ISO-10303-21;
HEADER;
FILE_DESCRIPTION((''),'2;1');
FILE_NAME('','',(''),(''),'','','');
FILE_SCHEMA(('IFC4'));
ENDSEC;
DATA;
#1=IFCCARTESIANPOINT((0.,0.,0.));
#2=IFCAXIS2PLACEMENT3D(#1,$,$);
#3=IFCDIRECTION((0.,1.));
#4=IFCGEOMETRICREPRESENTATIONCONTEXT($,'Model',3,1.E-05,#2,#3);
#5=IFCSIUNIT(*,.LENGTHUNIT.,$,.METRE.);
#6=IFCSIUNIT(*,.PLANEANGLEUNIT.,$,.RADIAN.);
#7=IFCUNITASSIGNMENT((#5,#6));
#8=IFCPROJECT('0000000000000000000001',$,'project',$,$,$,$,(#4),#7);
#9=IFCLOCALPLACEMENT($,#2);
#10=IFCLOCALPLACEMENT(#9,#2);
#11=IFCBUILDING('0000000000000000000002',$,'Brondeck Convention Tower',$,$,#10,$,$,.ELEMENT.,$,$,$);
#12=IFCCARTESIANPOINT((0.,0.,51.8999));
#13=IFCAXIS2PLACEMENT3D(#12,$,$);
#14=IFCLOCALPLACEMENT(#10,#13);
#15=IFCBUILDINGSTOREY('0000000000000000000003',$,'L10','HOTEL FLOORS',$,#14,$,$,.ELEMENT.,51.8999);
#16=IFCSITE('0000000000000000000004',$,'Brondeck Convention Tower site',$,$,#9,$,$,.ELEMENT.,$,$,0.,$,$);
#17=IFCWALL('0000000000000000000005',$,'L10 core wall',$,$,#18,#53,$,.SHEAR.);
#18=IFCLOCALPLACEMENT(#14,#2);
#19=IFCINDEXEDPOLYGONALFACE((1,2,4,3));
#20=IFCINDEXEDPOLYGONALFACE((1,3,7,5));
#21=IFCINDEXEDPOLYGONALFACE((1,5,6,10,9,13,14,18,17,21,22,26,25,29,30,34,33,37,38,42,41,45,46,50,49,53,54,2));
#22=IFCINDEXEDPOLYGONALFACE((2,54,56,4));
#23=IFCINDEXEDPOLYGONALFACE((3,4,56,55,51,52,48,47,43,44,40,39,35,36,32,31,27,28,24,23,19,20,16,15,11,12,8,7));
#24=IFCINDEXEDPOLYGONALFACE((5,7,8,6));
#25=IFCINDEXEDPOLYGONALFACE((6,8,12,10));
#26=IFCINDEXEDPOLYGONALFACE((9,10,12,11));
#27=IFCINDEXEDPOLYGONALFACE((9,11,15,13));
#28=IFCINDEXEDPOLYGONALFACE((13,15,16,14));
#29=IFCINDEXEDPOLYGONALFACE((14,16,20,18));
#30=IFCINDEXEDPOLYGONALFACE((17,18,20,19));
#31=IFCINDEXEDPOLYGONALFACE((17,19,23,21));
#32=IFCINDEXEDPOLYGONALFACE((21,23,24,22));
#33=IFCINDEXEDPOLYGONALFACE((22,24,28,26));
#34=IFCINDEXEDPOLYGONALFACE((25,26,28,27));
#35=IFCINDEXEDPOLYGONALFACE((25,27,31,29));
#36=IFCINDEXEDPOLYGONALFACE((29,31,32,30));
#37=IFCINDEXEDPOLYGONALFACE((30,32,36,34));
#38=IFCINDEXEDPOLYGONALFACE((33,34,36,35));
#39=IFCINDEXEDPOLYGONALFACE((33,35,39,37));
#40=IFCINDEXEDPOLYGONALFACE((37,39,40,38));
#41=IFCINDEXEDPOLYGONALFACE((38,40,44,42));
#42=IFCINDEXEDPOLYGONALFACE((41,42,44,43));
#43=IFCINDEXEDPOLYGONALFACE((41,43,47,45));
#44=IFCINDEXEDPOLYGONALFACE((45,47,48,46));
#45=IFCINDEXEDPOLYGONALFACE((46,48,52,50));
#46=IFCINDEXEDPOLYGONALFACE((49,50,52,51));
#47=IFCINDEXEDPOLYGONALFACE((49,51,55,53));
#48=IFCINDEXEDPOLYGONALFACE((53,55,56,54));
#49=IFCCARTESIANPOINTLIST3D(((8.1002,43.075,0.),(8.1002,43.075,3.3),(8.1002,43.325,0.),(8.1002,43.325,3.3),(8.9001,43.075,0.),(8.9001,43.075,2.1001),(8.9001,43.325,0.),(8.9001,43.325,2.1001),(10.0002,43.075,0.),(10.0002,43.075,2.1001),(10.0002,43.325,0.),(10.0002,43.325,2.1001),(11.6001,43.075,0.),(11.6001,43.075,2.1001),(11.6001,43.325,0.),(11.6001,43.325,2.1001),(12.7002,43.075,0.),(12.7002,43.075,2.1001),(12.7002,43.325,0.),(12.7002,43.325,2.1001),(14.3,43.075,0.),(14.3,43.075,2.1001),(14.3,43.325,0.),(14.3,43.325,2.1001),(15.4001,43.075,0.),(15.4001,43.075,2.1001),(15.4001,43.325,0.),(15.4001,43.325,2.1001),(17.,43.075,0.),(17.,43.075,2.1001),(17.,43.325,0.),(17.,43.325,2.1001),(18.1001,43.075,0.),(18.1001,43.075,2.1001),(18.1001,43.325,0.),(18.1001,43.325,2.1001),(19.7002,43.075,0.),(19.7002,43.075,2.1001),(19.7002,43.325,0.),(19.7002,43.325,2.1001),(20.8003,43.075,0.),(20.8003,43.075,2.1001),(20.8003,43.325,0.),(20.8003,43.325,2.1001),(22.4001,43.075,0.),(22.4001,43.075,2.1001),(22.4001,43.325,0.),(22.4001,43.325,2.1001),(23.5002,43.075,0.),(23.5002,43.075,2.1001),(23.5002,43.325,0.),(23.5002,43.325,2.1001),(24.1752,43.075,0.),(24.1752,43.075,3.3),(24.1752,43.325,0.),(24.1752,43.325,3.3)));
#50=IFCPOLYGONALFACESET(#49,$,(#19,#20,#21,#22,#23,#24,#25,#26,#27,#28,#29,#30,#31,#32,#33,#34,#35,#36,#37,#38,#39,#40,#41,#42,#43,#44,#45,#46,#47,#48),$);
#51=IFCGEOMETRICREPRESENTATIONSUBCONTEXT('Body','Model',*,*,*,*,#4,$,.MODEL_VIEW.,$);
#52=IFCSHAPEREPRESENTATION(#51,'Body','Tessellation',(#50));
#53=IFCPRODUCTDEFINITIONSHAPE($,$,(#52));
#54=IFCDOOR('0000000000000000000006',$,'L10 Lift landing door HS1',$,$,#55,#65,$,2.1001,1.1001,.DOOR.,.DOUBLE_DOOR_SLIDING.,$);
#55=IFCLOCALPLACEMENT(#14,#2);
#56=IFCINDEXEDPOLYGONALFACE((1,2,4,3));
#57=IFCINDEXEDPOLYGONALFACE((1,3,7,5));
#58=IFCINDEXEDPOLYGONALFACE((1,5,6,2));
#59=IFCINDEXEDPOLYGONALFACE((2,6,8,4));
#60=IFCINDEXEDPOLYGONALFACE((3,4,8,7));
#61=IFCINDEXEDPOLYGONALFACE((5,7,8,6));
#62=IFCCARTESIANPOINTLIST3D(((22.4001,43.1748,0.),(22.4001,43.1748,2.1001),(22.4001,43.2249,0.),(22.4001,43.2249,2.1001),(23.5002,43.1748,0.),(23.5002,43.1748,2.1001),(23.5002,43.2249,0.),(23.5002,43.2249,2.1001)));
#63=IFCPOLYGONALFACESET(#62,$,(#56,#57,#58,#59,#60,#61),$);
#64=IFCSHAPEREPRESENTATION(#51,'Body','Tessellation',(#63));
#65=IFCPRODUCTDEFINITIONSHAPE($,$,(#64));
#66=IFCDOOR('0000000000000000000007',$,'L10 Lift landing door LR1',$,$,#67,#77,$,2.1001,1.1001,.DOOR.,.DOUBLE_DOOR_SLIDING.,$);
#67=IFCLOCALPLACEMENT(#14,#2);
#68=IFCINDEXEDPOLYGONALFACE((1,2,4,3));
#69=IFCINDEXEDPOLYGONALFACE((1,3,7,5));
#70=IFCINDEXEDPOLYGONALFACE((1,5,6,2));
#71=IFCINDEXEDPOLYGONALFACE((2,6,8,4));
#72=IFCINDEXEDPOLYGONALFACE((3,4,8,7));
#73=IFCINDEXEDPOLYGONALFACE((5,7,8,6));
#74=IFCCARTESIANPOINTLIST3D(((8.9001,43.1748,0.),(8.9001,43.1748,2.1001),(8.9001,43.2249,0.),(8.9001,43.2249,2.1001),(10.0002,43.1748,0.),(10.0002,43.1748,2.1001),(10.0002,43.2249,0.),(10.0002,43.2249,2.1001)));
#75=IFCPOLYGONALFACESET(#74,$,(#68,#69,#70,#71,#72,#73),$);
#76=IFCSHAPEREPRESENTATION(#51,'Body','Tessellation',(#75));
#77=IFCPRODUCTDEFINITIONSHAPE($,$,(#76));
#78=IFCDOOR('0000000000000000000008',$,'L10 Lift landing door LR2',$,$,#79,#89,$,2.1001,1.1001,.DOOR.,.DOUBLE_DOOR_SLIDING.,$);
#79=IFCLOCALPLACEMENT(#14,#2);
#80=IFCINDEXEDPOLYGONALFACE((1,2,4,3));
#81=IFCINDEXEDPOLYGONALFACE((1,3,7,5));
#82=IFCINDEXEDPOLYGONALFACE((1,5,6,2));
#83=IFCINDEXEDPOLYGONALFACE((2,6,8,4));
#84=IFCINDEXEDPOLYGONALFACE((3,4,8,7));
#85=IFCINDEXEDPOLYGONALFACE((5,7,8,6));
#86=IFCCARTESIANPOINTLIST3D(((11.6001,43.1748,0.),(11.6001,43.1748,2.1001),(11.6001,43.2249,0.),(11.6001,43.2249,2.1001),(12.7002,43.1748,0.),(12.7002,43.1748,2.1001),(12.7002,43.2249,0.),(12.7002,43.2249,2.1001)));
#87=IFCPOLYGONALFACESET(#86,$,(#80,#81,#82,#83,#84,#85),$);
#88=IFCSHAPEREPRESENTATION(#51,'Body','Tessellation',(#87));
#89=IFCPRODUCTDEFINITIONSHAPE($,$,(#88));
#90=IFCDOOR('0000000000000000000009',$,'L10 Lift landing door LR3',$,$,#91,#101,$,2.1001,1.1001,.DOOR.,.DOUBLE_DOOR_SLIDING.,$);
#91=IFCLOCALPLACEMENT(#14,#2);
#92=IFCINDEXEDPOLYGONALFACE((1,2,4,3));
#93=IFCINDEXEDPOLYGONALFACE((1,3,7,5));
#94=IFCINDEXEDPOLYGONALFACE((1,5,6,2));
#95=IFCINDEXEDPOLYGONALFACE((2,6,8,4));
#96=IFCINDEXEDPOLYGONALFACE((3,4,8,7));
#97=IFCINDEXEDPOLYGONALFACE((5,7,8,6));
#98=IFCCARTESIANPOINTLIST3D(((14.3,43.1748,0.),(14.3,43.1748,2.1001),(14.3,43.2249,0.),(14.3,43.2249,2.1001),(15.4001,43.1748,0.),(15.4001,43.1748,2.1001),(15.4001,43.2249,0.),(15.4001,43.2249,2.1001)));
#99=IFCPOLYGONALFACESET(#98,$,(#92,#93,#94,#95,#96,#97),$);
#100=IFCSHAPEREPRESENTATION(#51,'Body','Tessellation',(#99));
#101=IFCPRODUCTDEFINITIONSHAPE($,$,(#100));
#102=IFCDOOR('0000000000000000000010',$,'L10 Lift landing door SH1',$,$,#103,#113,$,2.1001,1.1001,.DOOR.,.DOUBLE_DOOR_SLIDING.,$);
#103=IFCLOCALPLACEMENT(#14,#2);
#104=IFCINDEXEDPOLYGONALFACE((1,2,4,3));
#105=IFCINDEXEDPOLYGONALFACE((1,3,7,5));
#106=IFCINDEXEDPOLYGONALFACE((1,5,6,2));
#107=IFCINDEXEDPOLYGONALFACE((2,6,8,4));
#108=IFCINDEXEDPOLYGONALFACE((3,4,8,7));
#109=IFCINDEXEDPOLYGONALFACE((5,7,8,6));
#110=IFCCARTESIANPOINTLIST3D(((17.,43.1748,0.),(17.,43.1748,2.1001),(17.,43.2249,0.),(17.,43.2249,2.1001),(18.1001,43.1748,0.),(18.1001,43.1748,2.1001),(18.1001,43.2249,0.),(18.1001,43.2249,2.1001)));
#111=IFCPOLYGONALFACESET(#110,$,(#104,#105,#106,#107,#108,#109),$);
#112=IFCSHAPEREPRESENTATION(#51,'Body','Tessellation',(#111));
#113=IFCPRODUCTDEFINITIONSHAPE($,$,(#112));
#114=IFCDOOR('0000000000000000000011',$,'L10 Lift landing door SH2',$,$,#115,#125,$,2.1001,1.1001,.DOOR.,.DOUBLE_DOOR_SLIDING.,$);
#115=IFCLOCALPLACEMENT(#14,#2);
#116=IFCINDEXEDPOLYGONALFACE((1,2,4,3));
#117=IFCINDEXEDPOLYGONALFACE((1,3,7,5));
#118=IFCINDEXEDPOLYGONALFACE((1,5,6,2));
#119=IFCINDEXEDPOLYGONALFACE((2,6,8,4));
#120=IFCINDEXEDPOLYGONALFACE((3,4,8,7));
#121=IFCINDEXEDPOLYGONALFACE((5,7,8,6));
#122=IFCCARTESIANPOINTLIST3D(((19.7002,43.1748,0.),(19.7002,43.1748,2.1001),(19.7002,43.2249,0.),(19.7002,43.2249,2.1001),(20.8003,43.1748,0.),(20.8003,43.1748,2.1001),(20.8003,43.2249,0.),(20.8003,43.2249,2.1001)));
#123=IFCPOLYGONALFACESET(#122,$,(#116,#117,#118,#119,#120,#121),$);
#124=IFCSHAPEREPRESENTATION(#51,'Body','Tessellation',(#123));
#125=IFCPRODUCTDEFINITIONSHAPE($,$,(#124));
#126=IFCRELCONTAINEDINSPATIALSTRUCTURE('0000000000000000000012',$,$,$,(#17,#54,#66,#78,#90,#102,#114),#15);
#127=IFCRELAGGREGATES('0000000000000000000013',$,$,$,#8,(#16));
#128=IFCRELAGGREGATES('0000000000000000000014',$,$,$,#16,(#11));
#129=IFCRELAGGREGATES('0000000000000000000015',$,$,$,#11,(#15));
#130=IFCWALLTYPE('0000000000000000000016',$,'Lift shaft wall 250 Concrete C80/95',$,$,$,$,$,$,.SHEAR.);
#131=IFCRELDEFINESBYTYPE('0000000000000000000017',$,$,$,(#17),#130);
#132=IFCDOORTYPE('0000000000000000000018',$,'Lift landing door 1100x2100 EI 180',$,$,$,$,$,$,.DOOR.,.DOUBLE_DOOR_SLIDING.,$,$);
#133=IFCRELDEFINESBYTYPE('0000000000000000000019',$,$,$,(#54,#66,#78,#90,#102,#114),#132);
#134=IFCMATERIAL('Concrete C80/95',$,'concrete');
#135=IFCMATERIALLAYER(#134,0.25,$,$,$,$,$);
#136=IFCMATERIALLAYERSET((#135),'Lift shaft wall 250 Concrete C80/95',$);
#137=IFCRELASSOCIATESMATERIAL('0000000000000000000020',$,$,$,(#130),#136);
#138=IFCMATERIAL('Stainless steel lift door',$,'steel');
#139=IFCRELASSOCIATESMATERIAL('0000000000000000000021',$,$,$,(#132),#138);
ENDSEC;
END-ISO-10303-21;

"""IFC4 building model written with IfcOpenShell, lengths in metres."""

from ifc_helpers import new_model, si_unit, direction, frame, frame_2d, origin, place, context, subcontext, project, spatial, rectangle, extrude, material, layer, layer_set, type_object, element, fill, save


model = new_model("IFC4")

# Units and contexts
model_context = context("Model", 3, precision=1e-05, world=origin(), true_north=direction((0.0, 1.0)))
body_context = subcontext(model_context, "Body", "Model", "MODEL_VIEW")
ifc_project = project(units=[si_unit("LENGTHUNIT", "METRE"), si_unit("PLANEANGLEUNIT", "RADIAN")], contexts=[model_context])

# Site, building, storey
site_placement = place(None, origin())
site = spatial("IfcSite", under=ifc_project, at=site_placement, Name="Brondeck Convention Tower site", CompositionType="ELEMENT", RefElevation=0.0)
building_placement = place(site_placement, origin())
building = spatial("IfcBuilding", under=site, at=building_placement, Name="Brondeck Convention Tower", CompositionType="ELEMENT")
storey_placement = place(building_placement, frame((0.0, 0.0, 51.8999)))
storey = spatial("IfcBuildingStorey", under=building, at=storey_placement, Name="L10", Description="HOTEL FLOORS", CompositionType="ELEMENT", Elevation=51.8999)

# Shared definitions
ifc_material_1 = material(Name="Concrete C80/95", Category="concrete")

# Wall, openings, doors
ifc_layer_1 = layer(ifc_material_1, 0.25)
ifc_layer_set_1 = layer_set([ifc_layer_1], Name="Lift shaft wall 250 Concrete C80/95")
wall_type_1 = type_object("IfcWallType", Name="Lift shaft wall 250 Concrete C80/95", PredefinedType="SHEAR", material=ifc_layer_set_1)
wall_1_placement = place(storey_placement, frame((8.1001, 43.2, 0.0), z_axis=(0.0, 0.0, 1.0), x_axis=(1.0, 0.0, 0.0)))
wall_1 = element("IfcWall", 1, at=wall_1_placement, inside=storey, type_object=wall_type_1, Name="L10 core wall", PredefinedType="SHEAR", context=body_context, shape_type="SweptSolid", body=[
    extrude(rectangle(XDim=16.075, YDim=0.25, at=frame_2d((8.0376, 0.0))), origin(), (0.0, 0.0, 1.0), 3.3),
])
opening_1_placement = place(wall_1_placement, frame((14.3, 0.0, 0.0)))
opening_1 = element("IfcOpeningElement", 2, at=opening_1_placement, cuts=wall_1, PredefinedType="OPENING", context=body_context, shape_type="SweptSolid", body=[
    extrude(rectangle(XDim=1.1001, YDim=2.1001, at=frame_2d((0.55, 1.05))), frame((0.0, 0.135, 0.0), z_axis=(0.0, -1.0, 0.0), x_axis=(1.0, 0.0, 0.0)), (0.0, 0.0, 1.0), 0.27),
])
opening_2_placement = place(wall_1_placement, frame((0.8, 0.0, 0.0)))
opening_2 = element("IfcOpeningElement", 3, at=opening_2_placement, cuts=wall_1, PredefinedType="OPENING", context=body_context, shape_type="SweptSolid", body=[
    extrude(rectangle(XDim=1.1001, YDim=2.1001, at=frame_2d((0.55, 1.05))), frame((0.0, 0.135, 0.0), z_axis=(0.0, -1.0, 0.0), x_axis=(1.0, 0.0, 0.0)), (0.0, 0.0, 1.0), 0.27),
])
opening_3_placement = place(wall_1_placement, frame((3.5, 0.0, 0.0)))
opening_3 = element("IfcOpeningElement", 4, at=opening_3_placement, cuts=wall_1, PredefinedType="OPENING", context=body_context, shape_type="SweptSolid", body=[
    extrude(rectangle(XDim=1.1001, YDim=2.1001, at=frame_2d((0.55, 1.05))), frame((0.0, 0.135, 0.0), z_axis=(0.0, -1.0, 0.0), x_axis=(1.0, 0.0, 0.0)), (0.0, 0.0, 1.0), 0.27),
])
opening_4_placement = place(wall_1_placement, frame((6.2, 0.0, 0.0)))
opening_4 = element("IfcOpeningElement", 5, at=opening_4_placement, cuts=wall_1, PredefinedType="OPENING", context=body_context, shape_type="SweptSolid", body=[
    extrude(rectangle(XDim=1.1001, YDim=2.1001, at=frame_2d((0.55, 1.05))), frame((0.0, 0.135, 0.0), z_axis=(0.0, -1.0, 0.0), x_axis=(1.0, 0.0, 0.0)), (0.0, 0.0, 1.0), 0.27),
])
opening_5_placement = place(wall_1_placement, frame((8.8999, 0.0, 0.0)))
opening_5 = element("IfcOpeningElement", 6, at=opening_5_placement, cuts=wall_1, PredefinedType="OPENING", context=body_context, shape_type="SweptSolid", body=[
    extrude(rectangle(XDim=1.1001, YDim=2.1001, at=frame_2d((0.55, 1.05))), frame((0.0, 0.135, 0.0), z_axis=(0.0, -1.0, 0.0), x_axis=(1.0, 0.0, 0.0)), (0.0, 0.0, 1.0), 0.27),
])
opening_6_placement = place(wall_1_placement, frame((11.6001, 0.0, 0.0)))
opening_6 = element("IfcOpeningElement", 7, at=opening_6_placement, cuts=wall_1, PredefinedType="OPENING", context=body_context, shape_type="SweptSolid", body=[
    extrude(rectangle(XDim=1.1001, YDim=2.1001, at=frame_2d((0.55, 1.05))), frame((0.0, 0.135, 0.0), z_axis=(0.0, -1.0, 0.0), x_axis=(1.0, 0.0, 0.0)), (0.0, 0.0, 1.0), 0.27),
])
ifc_material_2 = material(Name="Stainless steel lift door", Category="steel")
door_type_1 = type_object("IfcDoorType", Name="Lift landing door 1100x2100 EI 180", OperationType="DOUBLE_DOOR_SLIDING", PredefinedType="DOOR", material=ifc_material_2)
door_1_placement = place(opening_1_placement, origin())
door_1 = element("IfcDoor", 8, at=door_1_placement, inside=storey, type_object=door_type_1, Name="L10 Lift landing door HS1", OperationType="DOUBLE_DOOR_SLIDING", OverallHeight=2.1001, OverallWidth=1.1001, PredefinedType="DOOR", context=body_context, shape_type="SweptSolid", body=[
    extrude(rectangle(XDim=1.1001, YDim=2.1001, at=frame_2d((0.55, 1.05))), frame((0.0, 0.0249, 0.0), z_axis=(0.0, -1.0, 0.0), x_axis=(1.0, 0.0, 0.0)), (0.0, 0.0, 1.0), 0.05),
])
fill(opening_1, door_1)
door_2_placement = place(opening_2_placement, origin())
door_2 = element("IfcDoor", 9, at=door_2_placement, inside=storey, type_object=door_type_1, Name="L10 Lift landing door LR1", OperationType="DOUBLE_DOOR_SLIDING", OverallHeight=2.1001, OverallWidth=1.1001, PredefinedType="DOOR", context=body_context, shape_type="SweptSolid", body=[
    extrude(rectangle(XDim=1.1001, YDim=2.1001, at=frame_2d((0.55, 1.05))), frame((0.0, 0.0249, 0.0), z_axis=(0.0, -1.0, 0.0), x_axis=(1.0, 0.0, 0.0)), (0.0, 0.0, 1.0), 0.05),
])
fill(opening_2, door_2)
door_3_placement = place(opening_3_placement, origin())
door_3 = element("IfcDoor", 10, at=door_3_placement, inside=storey, type_object=door_type_1, Name="L10 Lift landing door LR2", OperationType="DOUBLE_DOOR_SLIDING", OverallHeight=2.1001, OverallWidth=1.1001, PredefinedType="DOOR", context=body_context, shape_type="SweptSolid", body=[
    extrude(rectangle(XDim=1.1001, YDim=2.1001, at=frame_2d((0.55, 1.05))), frame((0.0, 0.0249, 0.0), z_axis=(0.0, -1.0, 0.0), x_axis=(1.0, 0.0, 0.0)), (0.0, 0.0, 1.0), 0.05),
])
fill(opening_3, door_3)
door_4_placement = place(opening_4_placement, origin())
door_4 = element("IfcDoor", 11, at=door_4_placement, inside=storey, type_object=door_type_1, Name="L10 Lift landing door LR3", OperationType="DOUBLE_DOOR_SLIDING", OverallHeight=2.1001, OverallWidth=1.1001, PredefinedType="DOOR", context=body_context, shape_type="SweptSolid", body=[
    extrude(rectangle(XDim=1.1001, YDim=2.1001, at=frame_2d((0.55, 1.05))), frame((0.0, 0.0249, 0.0), z_axis=(0.0, -1.0, 0.0), x_axis=(1.0, 0.0, 0.0)), (0.0, 0.0, 1.0), 0.05),
])
fill(opening_4, door_4)
door_5_placement = place(opening_5_placement, origin())
door_5 = element("IfcDoor", 12, at=door_5_placement, inside=storey, type_object=door_type_1, Name="L10 Lift landing door SH1", OperationType="DOUBLE_DOOR_SLIDING", OverallHeight=2.1001, OverallWidth=1.1001, PredefinedType="DOOR", context=body_context, shape_type="SweptSolid", body=[
    extrude(rectangle(XDim=1.1001, YDim=2.1001, at=frame_2d((0.55, 1.05))), frame((0.0, 0.0249, 0.0), z_axis=(0.0, -1.0, 0.0), x_axis=(1.0, 0.0, 0.0)), (0.0, 0.0, 1.0), 0.05),
])
fill(opening_5, door_5)
door_6_placement = place(opening_6_placement, origin())
door_6 = element("IfcDoor", 13, at=door_6_placement, inside=storey, type_object=door_type_1, Name="L10 Lift landing door SH2", OperationType="DOUBLE_DOOR_SLIDING", OverallHeight=2.1001, OverallWidth=1.1001, PredefinedType="DOOR", context=body_context, shape_type="SweptSolid", body=[
    extrude(rectangle(XDim=1.1001, YDim=2.1001, at=frame_2d((0.55, 1.05))), frame((0.0, 0.0249, 0.0), z_axis=(0.0, -1.0, 0.0), x_axis=(1.0, 0.0, 0.0)), (0.0, 0.0, 1.0), 0.05),
])
fill(opening_6, door_6)

save(model, "model.ifc")
